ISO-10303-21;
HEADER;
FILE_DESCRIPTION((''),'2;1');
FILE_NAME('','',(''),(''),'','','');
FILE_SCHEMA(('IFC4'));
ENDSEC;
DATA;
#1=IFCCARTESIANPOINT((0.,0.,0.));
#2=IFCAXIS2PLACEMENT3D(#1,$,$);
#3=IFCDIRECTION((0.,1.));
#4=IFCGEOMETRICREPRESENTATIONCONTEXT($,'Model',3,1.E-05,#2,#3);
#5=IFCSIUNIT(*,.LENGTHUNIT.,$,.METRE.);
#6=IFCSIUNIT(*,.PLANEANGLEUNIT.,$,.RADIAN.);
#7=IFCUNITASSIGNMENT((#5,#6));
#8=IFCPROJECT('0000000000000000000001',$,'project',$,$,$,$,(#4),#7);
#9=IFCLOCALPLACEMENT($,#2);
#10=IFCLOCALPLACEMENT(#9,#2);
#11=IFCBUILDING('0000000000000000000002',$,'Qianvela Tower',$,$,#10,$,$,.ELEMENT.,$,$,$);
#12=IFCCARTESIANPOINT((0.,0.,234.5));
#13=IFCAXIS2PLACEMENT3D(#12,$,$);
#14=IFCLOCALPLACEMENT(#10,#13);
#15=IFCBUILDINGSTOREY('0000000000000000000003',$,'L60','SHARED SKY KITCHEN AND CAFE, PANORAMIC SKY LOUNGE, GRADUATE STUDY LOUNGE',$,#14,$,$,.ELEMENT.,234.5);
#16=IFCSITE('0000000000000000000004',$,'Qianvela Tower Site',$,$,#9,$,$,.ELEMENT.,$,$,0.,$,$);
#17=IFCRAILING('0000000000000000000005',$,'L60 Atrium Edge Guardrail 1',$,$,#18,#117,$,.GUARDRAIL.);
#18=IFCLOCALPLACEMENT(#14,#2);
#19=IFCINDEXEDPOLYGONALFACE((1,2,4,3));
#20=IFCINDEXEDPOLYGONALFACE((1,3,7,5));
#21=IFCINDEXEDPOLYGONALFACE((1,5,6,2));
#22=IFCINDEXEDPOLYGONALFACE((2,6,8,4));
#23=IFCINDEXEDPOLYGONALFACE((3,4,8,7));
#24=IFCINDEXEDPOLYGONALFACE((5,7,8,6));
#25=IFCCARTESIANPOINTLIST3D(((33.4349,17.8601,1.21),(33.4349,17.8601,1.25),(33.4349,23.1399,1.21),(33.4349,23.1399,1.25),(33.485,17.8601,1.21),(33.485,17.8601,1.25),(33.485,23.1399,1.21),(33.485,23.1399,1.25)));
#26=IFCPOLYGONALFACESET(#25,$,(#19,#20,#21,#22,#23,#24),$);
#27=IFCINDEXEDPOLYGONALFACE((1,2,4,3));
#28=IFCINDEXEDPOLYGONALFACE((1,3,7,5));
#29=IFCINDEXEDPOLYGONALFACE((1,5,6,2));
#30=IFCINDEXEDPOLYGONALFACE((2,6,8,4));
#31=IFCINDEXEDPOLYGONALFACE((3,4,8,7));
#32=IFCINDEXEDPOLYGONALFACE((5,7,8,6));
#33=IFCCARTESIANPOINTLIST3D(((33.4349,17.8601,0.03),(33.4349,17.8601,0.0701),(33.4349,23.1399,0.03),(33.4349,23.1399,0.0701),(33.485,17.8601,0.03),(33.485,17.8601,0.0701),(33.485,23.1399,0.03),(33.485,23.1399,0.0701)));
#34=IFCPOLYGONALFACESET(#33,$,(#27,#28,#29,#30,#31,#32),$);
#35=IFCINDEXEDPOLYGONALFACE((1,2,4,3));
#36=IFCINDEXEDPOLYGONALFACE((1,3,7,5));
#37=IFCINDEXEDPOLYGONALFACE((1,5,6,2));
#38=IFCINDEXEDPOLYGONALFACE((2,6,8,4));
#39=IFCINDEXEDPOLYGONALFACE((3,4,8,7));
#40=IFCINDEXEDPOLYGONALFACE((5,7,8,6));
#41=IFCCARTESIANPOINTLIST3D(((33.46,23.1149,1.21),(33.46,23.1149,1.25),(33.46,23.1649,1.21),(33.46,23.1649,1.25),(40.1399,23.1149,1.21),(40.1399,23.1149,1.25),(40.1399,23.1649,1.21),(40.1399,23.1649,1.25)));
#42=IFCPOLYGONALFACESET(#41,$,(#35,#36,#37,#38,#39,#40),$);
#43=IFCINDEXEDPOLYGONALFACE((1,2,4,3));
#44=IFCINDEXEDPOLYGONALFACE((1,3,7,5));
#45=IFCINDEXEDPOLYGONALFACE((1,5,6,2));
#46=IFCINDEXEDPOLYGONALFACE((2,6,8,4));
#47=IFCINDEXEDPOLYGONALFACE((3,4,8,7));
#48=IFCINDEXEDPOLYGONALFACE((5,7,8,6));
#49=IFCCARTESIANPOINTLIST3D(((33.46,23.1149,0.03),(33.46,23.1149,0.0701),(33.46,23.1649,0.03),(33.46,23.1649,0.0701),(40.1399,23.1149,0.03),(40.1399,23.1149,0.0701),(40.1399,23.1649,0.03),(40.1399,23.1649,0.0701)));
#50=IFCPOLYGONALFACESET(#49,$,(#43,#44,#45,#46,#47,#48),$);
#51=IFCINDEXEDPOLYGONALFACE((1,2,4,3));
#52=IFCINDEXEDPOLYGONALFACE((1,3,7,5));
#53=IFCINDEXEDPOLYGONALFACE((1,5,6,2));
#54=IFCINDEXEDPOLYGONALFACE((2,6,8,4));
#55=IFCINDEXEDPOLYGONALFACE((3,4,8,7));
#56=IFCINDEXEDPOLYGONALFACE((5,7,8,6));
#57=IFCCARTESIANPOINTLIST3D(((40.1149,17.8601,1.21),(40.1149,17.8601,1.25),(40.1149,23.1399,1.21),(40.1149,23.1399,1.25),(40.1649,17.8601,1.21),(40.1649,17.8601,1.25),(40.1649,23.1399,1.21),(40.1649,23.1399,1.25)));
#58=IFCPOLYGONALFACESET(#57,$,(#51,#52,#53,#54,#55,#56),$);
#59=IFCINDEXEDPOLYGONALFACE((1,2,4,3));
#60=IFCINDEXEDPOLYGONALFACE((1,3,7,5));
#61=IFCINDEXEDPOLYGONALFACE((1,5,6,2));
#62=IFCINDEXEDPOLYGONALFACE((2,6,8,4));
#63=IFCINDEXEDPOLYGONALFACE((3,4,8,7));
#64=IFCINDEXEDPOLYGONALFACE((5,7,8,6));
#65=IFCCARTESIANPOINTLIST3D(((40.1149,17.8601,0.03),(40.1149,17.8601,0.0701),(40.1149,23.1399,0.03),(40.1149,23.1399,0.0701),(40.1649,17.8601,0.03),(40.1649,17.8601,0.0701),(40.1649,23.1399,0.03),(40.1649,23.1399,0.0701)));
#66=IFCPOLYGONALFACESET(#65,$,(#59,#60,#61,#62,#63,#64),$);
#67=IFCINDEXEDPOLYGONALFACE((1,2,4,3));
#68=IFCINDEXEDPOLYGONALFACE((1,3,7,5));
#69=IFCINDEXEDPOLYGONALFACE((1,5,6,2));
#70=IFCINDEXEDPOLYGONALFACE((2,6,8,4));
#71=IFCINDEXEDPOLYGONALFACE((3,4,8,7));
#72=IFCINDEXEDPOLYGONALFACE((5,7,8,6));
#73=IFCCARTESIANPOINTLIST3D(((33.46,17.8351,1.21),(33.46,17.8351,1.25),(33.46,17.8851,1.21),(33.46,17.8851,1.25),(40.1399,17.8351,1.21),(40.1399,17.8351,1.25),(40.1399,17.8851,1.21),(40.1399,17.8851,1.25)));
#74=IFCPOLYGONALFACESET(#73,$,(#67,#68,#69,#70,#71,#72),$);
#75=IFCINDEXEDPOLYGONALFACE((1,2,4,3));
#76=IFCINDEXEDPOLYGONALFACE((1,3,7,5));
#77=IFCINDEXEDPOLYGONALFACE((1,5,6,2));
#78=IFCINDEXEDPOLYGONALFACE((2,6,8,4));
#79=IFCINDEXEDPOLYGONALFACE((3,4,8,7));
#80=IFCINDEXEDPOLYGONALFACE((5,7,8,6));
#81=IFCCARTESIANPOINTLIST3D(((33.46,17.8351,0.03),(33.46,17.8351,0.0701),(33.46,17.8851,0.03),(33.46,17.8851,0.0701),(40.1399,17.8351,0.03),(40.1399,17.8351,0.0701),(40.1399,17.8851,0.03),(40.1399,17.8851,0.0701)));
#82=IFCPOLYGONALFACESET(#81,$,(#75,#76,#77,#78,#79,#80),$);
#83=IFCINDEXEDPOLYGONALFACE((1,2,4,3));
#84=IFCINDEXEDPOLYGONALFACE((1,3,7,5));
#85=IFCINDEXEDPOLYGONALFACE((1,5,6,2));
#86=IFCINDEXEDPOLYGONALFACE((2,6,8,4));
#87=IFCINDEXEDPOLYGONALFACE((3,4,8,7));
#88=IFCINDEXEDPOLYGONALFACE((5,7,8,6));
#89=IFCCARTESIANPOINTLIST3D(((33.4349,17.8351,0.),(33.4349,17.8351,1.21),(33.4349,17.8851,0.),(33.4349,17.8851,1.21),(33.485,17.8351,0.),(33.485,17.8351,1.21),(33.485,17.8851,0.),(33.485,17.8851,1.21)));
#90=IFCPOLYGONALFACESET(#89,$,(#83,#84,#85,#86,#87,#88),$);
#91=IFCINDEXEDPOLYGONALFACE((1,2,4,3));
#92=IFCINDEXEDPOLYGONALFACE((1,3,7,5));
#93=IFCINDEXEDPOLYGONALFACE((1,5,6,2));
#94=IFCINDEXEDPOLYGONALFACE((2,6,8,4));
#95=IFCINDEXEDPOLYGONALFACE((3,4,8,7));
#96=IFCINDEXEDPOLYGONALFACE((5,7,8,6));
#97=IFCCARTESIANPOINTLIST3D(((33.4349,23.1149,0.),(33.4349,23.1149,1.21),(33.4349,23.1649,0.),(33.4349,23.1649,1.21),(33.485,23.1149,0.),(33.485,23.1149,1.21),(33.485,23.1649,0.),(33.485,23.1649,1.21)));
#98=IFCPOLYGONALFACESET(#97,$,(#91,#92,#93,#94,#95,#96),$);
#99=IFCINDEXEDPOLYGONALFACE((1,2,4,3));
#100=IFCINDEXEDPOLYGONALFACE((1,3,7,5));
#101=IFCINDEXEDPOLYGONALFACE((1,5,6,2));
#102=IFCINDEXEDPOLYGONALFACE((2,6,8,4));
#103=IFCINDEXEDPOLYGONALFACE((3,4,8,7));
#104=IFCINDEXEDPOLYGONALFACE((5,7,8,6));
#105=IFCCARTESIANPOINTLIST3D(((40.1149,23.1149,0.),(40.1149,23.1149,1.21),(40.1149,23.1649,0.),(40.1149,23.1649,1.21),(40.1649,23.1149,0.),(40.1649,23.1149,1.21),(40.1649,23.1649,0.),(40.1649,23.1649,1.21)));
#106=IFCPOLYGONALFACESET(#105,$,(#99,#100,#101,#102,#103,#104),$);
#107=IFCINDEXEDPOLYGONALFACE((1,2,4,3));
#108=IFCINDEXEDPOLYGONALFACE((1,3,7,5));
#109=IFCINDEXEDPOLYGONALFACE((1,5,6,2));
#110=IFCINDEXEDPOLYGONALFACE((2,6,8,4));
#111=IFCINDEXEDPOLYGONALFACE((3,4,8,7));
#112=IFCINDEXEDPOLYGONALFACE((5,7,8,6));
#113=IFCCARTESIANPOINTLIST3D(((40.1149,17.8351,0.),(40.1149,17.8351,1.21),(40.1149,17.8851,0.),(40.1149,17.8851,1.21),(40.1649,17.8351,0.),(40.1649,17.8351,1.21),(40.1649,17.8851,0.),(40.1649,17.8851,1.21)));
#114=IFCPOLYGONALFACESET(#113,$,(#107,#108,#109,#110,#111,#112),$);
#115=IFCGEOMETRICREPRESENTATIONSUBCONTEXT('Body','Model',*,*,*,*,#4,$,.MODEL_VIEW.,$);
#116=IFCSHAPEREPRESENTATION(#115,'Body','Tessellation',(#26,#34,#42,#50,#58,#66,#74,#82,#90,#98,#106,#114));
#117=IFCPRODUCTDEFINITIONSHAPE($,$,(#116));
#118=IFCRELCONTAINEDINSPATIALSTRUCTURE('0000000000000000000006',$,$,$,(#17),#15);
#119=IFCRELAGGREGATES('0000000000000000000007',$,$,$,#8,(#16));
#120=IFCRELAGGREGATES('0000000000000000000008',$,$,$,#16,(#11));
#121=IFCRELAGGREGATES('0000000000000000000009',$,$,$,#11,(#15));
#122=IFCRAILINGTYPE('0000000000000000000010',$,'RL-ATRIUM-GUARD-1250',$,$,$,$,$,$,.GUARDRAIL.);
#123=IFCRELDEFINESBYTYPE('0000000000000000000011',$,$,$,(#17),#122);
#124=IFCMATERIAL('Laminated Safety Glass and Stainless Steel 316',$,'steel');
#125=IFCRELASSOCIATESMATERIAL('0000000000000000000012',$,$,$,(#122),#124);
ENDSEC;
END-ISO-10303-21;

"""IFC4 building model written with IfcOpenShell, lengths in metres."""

from ifc_helpers import new_model, si_unit, direction, frame, origin, origin_2d, place, context, subcontext, project, spatial, rectangle, extrude, material, type_object, element, save


model = new_model("IFC4")

# Units and contexts
model_context = context("Model", 3, precision=1e-05, world=origin(), true_north=direction((0.0, 1.0)))
body_context = subcontext(model_context, "Body", "Model", "MODEL_VIEW")
ifc_project = project(units=[si_unit("LENGTHUNIT", "METRE"), si_unit("PLANEANGLEUNIT", "RADIAN")], contexts=[model_context])

# Site, building, storey
site_placement = place(None, origin())
site = spatial("IfcSite", under=ifc_project, at=site_placement, Name="Qianvela Tower Site", CompositionType="ELEMENT", RefElevation=0.0)
building_placement = place(site_placement, origin())
building = spatial("IfcBuilding", under=site, at=building_placement, Name="Qianvela Tower", CompositionType="ELEMENT")
storey_placement = place(building_placement, frame((0.0, 0.0, 234.5)))
storey = spatial("IfcBuildingStorey", under=building, at=storey_placement, Name="L60", Description="SHARED SKY KITCHEN AND CAFE, PANORAMIC SKY LOUNGE, GRADUATE STUDY LOUNGE", CompositionType="ELEMENT", Elevation=234.5)

# Railing
ifc_material_1 = material(Name="Laminated Safety Glass and Stainless Steel 316", Category="steel")
railing_type = type_object("IfcRailingType", Name="RL-ATRIUM-GUARD-1250", PredefinedType="GUARDRAIL", material=ifc_material_1)
railing_placement = place(storey_placement, frame((33.46, 17.8601, 0.0)))
element("IfcRailing", 1, at=railing_placement, inside=storey, type_object=railing_type, Name="L60 Atrium Edge Guardrail 1", PredefinedType="GUARDRAIL", context=body_context, shape_type="SweptSolid", body=[
    extrude(rectangle(XDim=0.05, YDim=0.04, at=origin_2d()), frame((0.0, 0.0, 1.23), z_axis=(0.0, 1.0, 0.0), x_axis=(-1.0, 0.0, 0.0)), (0.0, 0.0, 1.0), 5.2798),
    extrude(rectangle(XDim=0.05, YDim=0.04, at=origin_2d()), frame((0.0, 0.0, 0.05), z_axis=(0.0, 1.0, 0.0), x_axis=(-1.0, 0.0, 0.0)), (0.0, 0.0, 1.0), 5.2798),
    extrude(rectangle(XDim=0.05, YDim=0.04, at=origin_2d()), frame((0.0, 5.2798, 1.23), z_axis=(1.0, 0.0, 0.0), x_axis=(0.0, 1.0, 0.0)), (0.0, 0.0, 1.0), 6.6799),
    extrude(rectangle(XDim=0.05, YDim=0.04, at=origin_2d()), frame((0.0, 5.2798, 0.05), z_axis=(1.0, 0.0, 0.0), x_axis=(0.0, 1.0, 0.0)), (0.0, 0.0, 1.0), 6.6799),
    extrude(rectangle(XDim=0.05, YDim=0.04, at=origin_2d()), frame((6.6799, 5.2798, 1.23), z_axis=(0.0, -1.0, 0.0), x_axis=(1.0, 0.0, 0.0)), (0.0, 0.0, 1.0), 5.2798),
    extrude(rectangle(XDim=0.05, YDim=0.04, at=origin_2d()), frame((6.6799, 5.2798, 0.05), z_axis=(0.0, -1.0, 0.0), x_axis=(1.0, 0.0, 0.0)), (0.0, 0.0, 1.0), 5.2798),
    extrude(rectangle(XDim=0.05, YDim=0.04, at=origin_2d()), frame((6.6799, 0.0, 1.23), z_axis=(-1.0, 0.0, 0.0), x_axis=(0.0, -1.0, 0.0)), (0.0, 0.0, 1.0), 6.6799),
    extrude(rectangle(XDim=0.05, YDim=0.04, at=origin_2d()), frame((6.6799, 0.0, 0.05), z_axis=(-1.0, 0.0, 0.0), x_axis=(0.0, -1.0, 0.0)), (0.0, 0.0, 1.0), 6.6799),
    extrude(rectangle(XDim=0.05, YDim=0.05, at=origin_2d()), origin(), (0.0, 0.0, 1.0), 1.21),
    extrude(rectangle(XDim=0.05, YDim=0.05, at=origin_2d()), frame((0.0, 5.2798, 0.0)), (0.0, 0.0, 1.0), 1.21),
    extrude(rectangle(XDim=0.05, YDim=0.05, at=origin_2d()), frame((6.6799, 5.2798, 0.0)), (0.0, 0.0, 1.0), 1.21),
    extrude(rectangle(XDim=0.05, YDim=0.05, at=origin_2d()), frame((6.6799, 0.0, 0.0)), (0.0, 0.0, 1.0), 1.21),
])

save(model, "model.ifc")
